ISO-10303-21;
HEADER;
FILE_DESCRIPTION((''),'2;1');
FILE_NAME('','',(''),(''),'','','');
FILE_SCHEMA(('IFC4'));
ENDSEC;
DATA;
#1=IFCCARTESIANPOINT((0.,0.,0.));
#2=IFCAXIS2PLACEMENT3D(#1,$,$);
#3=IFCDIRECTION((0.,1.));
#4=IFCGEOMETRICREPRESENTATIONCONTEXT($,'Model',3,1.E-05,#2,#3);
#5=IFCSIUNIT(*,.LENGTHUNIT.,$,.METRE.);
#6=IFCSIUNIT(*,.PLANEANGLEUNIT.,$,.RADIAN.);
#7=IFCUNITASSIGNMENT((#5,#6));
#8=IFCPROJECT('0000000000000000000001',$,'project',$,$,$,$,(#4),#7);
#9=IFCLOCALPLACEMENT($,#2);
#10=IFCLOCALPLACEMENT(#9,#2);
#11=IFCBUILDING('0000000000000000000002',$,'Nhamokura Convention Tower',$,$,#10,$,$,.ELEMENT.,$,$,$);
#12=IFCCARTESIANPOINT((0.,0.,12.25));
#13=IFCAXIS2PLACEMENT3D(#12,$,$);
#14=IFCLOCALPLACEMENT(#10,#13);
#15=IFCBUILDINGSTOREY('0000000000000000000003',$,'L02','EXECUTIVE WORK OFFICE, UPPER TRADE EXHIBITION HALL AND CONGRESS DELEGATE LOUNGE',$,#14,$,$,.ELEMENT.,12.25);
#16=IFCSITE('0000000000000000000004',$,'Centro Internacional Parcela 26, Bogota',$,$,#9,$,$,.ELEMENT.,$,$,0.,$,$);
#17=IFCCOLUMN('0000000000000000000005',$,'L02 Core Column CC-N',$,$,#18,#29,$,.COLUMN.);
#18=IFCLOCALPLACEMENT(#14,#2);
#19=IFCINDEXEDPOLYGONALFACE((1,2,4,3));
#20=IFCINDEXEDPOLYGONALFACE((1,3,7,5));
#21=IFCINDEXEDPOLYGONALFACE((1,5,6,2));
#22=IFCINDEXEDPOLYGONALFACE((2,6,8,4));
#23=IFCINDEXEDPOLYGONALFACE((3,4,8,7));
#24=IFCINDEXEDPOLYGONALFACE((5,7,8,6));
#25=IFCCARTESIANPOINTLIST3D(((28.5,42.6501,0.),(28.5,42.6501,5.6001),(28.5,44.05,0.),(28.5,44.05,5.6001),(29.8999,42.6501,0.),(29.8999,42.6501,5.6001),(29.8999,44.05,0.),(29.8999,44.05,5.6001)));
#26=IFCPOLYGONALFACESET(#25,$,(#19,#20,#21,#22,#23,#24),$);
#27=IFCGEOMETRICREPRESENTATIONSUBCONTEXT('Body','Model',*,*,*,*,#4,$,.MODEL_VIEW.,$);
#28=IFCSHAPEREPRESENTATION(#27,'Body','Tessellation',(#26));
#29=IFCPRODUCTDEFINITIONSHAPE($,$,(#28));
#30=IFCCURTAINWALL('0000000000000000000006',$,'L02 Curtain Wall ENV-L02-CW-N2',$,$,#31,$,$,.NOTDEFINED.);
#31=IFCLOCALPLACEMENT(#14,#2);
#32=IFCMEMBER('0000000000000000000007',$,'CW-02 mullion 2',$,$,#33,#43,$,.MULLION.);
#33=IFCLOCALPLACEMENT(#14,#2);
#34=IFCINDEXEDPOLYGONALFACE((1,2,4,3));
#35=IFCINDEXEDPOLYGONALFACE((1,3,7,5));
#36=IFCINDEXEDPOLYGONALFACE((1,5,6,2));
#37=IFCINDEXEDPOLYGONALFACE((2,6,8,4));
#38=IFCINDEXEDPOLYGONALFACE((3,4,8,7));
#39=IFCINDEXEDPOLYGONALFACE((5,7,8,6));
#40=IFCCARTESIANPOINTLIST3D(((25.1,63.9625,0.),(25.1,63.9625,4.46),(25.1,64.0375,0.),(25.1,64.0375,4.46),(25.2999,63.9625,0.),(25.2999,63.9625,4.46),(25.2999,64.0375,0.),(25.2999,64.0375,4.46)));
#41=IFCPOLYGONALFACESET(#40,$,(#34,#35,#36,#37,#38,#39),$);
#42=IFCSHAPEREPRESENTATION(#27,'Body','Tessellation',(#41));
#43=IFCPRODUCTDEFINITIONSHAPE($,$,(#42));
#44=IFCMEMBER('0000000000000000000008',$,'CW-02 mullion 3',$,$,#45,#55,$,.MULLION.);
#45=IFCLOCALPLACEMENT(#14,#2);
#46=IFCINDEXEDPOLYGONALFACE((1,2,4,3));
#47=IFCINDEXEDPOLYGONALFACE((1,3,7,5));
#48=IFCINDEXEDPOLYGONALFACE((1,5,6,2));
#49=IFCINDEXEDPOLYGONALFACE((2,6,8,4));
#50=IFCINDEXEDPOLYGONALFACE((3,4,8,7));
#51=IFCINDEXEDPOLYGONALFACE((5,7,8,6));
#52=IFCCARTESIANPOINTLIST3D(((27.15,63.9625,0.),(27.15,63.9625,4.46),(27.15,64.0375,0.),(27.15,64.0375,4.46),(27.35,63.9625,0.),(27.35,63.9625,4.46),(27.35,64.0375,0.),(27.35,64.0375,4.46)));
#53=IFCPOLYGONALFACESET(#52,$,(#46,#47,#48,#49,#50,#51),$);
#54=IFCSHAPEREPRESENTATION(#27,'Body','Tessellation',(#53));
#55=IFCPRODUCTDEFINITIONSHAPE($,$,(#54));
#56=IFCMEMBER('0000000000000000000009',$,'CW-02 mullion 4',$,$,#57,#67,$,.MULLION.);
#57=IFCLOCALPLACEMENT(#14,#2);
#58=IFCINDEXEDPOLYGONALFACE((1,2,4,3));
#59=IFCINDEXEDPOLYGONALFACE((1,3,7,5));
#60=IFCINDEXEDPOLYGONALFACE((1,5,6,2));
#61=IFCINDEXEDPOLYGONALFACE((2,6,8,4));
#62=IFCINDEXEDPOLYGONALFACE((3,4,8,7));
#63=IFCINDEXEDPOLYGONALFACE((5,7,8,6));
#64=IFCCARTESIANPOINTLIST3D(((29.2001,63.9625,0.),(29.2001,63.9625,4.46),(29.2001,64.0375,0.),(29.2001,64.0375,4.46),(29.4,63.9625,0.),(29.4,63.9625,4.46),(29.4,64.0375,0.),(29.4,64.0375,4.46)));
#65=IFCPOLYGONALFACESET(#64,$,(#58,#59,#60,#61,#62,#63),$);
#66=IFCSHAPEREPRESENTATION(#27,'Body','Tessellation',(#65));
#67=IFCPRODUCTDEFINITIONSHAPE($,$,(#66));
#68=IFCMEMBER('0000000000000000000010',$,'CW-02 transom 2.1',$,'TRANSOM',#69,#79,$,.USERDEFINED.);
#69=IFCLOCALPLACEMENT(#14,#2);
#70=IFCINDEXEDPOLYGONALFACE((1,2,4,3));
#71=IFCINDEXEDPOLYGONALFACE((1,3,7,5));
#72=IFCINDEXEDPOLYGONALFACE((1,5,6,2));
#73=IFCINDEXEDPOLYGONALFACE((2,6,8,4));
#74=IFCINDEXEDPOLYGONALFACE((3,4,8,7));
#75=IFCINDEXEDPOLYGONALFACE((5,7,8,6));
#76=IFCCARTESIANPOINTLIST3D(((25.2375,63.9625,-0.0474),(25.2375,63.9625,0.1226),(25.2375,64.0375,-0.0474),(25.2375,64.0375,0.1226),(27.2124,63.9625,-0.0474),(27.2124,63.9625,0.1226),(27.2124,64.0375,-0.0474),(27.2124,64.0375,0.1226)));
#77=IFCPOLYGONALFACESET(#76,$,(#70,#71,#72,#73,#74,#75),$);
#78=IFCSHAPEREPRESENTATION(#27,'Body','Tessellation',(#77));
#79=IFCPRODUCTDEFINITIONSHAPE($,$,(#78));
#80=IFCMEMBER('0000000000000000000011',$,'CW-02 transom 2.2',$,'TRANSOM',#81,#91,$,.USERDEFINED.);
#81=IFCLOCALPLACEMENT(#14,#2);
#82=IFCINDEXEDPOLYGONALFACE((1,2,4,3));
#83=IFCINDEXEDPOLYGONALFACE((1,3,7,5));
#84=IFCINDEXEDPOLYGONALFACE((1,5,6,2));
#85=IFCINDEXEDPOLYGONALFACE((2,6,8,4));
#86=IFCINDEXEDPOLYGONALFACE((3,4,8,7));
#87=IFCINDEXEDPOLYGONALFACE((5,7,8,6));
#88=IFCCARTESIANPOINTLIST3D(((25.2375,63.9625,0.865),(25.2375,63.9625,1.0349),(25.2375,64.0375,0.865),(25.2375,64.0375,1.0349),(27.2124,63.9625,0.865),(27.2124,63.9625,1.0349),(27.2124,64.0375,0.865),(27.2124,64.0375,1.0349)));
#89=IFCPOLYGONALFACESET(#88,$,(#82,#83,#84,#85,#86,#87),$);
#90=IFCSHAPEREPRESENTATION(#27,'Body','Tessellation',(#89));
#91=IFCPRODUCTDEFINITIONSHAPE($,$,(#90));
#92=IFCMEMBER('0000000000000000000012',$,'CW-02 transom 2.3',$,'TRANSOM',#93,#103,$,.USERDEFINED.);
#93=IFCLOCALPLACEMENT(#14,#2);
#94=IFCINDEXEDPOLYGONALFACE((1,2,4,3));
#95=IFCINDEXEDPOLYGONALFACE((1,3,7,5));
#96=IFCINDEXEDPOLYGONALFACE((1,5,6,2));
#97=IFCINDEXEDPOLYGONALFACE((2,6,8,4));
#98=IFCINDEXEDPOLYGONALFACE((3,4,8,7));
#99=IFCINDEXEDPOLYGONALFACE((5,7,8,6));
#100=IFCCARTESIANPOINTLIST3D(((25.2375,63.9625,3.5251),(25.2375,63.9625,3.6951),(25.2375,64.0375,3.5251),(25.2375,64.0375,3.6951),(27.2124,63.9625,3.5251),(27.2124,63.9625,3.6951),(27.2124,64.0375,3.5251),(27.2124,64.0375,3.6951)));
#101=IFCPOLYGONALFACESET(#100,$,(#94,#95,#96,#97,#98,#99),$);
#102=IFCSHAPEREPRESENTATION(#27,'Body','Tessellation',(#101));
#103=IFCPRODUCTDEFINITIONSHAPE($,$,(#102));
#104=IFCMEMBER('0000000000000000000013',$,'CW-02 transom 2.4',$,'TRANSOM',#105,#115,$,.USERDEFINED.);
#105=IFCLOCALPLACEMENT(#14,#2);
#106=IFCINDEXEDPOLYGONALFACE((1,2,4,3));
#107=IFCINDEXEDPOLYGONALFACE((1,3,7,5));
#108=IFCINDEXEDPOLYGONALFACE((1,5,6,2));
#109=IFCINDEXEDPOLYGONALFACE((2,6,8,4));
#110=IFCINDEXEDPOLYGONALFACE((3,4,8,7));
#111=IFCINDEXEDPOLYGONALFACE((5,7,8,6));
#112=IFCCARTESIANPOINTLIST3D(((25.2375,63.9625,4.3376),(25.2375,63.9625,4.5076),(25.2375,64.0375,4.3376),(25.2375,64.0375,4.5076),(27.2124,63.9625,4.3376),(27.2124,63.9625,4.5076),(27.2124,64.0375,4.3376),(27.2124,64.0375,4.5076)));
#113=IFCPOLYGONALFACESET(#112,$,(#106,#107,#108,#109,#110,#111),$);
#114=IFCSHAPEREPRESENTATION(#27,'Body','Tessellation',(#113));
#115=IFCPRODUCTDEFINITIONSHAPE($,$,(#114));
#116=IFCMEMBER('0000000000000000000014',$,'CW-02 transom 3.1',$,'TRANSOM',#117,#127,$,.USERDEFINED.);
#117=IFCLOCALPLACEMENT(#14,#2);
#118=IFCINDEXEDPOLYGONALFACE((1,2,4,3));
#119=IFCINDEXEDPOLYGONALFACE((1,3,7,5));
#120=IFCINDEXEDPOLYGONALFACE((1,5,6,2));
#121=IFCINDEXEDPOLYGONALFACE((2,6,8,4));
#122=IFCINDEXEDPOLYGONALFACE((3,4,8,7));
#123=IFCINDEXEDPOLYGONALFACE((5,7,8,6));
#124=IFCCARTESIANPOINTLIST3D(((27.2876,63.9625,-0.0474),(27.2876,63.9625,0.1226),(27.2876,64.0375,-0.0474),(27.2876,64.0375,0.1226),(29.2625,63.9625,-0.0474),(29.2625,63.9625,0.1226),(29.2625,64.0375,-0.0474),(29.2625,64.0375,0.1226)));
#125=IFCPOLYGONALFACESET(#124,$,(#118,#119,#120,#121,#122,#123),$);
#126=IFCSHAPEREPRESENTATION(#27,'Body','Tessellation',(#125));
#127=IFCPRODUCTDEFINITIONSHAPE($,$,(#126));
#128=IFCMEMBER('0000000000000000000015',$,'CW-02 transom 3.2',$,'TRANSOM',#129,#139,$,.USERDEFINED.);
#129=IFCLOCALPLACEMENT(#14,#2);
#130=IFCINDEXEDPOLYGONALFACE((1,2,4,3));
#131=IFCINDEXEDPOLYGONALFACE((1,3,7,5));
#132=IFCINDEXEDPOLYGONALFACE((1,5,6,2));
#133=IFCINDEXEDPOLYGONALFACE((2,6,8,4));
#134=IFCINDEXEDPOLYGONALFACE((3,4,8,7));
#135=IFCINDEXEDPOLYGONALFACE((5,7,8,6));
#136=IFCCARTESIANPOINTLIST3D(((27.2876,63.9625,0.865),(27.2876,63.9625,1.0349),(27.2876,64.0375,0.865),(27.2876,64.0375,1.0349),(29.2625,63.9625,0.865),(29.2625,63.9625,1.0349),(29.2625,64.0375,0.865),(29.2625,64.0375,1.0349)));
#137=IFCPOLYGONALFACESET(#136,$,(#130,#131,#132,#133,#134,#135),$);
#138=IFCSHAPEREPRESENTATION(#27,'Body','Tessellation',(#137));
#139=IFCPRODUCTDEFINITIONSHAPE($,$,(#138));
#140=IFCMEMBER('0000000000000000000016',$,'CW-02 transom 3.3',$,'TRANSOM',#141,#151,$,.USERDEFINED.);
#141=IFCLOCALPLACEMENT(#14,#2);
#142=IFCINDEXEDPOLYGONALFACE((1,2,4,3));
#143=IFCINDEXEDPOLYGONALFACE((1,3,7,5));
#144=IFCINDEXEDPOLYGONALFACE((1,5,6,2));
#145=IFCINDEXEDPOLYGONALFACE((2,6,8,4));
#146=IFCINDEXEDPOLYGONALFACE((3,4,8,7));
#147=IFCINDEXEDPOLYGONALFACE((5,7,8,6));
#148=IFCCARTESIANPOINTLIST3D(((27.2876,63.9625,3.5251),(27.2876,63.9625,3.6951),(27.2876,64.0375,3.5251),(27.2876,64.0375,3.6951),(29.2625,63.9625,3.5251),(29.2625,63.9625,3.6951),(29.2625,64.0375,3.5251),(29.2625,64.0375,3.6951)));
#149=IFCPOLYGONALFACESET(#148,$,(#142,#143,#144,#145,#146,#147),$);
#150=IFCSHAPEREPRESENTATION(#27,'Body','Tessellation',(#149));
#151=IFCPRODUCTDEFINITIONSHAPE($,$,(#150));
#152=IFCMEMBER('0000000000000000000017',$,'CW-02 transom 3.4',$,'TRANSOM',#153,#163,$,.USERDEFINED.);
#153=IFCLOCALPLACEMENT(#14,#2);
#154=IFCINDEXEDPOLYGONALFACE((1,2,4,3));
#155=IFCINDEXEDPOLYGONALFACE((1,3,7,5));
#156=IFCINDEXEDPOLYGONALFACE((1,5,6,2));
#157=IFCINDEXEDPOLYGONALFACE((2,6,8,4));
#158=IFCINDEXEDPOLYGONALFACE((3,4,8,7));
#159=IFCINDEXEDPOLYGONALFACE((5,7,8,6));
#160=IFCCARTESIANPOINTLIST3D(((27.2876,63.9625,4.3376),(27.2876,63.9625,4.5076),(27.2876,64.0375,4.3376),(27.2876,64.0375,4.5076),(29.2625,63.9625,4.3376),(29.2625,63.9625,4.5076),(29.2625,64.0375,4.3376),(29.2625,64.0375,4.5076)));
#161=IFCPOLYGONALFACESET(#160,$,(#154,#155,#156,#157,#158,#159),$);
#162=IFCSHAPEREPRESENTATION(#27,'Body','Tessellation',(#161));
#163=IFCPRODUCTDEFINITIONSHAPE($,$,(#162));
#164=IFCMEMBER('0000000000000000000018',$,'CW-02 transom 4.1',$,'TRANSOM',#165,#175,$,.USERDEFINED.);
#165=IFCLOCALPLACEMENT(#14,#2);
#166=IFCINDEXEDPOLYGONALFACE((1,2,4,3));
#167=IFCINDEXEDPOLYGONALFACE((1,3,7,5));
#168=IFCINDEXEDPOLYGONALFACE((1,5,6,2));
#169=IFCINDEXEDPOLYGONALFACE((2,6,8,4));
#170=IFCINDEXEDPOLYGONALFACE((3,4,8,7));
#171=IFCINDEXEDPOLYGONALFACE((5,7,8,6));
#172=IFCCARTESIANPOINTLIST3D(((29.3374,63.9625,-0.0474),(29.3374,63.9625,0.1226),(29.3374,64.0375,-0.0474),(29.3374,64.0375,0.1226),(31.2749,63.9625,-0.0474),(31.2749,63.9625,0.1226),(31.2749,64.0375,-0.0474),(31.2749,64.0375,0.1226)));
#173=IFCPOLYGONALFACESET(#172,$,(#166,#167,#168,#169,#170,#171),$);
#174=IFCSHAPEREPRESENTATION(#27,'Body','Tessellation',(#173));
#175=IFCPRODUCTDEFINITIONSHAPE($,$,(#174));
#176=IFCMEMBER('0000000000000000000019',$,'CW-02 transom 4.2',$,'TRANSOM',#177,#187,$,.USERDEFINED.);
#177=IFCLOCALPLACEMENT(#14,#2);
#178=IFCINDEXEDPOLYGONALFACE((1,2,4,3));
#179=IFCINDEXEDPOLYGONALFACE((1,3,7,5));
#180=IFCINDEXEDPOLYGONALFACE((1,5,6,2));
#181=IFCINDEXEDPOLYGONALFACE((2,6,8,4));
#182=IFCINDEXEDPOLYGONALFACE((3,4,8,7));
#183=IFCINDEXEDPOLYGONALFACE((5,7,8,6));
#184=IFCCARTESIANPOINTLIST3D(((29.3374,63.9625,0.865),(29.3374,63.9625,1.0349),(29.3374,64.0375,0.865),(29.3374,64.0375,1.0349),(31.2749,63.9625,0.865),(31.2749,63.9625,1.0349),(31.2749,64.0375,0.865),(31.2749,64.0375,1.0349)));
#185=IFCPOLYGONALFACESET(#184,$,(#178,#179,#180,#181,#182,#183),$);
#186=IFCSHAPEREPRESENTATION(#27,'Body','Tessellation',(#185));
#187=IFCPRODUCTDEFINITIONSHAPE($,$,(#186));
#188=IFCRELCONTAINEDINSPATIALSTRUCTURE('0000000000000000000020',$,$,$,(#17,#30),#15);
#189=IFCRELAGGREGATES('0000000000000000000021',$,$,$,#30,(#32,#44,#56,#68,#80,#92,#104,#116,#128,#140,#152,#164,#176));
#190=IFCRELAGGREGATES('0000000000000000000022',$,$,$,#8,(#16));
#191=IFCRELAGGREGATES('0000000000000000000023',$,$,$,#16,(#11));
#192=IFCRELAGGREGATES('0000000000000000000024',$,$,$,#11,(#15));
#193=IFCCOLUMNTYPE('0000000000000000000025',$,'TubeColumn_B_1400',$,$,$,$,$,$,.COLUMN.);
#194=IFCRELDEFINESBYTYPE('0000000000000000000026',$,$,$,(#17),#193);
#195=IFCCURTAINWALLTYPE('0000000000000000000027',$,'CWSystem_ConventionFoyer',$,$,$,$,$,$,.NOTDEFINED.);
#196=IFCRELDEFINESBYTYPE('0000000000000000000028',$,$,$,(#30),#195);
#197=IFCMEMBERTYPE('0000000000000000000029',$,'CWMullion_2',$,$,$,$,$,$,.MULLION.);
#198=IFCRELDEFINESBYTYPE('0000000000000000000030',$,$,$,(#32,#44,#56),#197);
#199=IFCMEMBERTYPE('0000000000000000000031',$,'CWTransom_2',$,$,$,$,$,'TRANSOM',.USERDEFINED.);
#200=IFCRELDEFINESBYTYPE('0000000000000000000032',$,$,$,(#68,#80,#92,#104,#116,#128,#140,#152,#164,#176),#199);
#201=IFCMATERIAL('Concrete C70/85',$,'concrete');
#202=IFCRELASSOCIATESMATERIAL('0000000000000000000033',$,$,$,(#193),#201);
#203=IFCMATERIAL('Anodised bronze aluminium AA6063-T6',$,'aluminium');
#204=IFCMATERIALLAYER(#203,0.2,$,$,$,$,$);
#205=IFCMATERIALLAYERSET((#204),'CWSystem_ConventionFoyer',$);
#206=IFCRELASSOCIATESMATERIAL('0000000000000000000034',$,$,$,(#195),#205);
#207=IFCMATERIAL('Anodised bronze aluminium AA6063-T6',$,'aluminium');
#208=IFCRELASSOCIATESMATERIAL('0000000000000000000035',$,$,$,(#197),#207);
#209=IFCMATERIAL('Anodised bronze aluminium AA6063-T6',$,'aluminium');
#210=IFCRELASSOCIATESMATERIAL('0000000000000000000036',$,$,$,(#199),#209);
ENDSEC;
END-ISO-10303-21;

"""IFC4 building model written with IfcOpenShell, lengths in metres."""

from ifc_helpers import new_model, si_unit, direction, frame, origin, origin_2d, place, context, subcontext, project, spatial, rectangle, extrude, material, layer, layer_set, material_profile, profile_set, type_object, element, aggregate, save


model = new_model("IFC4")

# Units and contexts
model_context = context("Model", 3, precision=1e-05, world=origin(), true_north=direction((0.0, 1.0)))
body_context = subcontext(model_context, "Body", "Model", "MODEL_VIEW")
ifc_project = project(units=[si_unit("LENGTHUNIT", "METRE"), si_unit("PLANEANGLEUNIT", "RADIAN")], contexts=[model_context])

# Site, building, storey
site_placement = place(None, origin())
site = spatial("IfcSite", under=ifc_project, at=site_placement, Name="Centro Internacional Parcela 26, Bogota", CompositionType="ELEMENT", RefElevation=0.0)
building_placement = place(site_placement, origin())
building = spatial("IfcBuilding", under=site, at=building_placement, Name="Nhamokura Convention Tower", CompositionType="ELEMENT")
storey_placement = place(building_placement, frame((0.0, 0.0, 12.25)))
storey = spatial("IfcBuildingStorey", under=building, at=storey_placement, Name="L02", Description="EXECUTIVE WORK OFFICE, UPPER TRADE EXHIBITION HALL AND CONGRESS DELEGATE LOUNGE", CompositionType="ELEMENT", Elevation=12.25)

# Column
ifc_material_1 = material(Name="Concrete C70/85", Category="concrete")
ifc_material_profile_1 = material_profile(ifc_material_1, rectangle(XDim=1.3999, YDim=1.3999, at=origin_2d()))
ifc_profile_set_1 = profile_set([ifc_material_profile_1], Name="Concrete C70/85")
column_type = type_object("IfcColumnType", Name="TubeColumn_B_1400", PredefinedType="COLUMN", material=ifc_profile_set_1)
column_placement = place(storey_placement, frame((29.2, 43.3501, 0.0), z_axis=(0.0, 0.0, 1.0), x_axis=(1.0, 0.0, 0.0)))
element("IfcColumn", 1, at=column_placement, inside=storey, type_object=column_type, Name="L02 Core Column CC-N", PredefinedType="COLUMN", context=body_context, shape_type="SweptSolid", body=[
    extrude(rectangle(XDim=1.3999, YDim=1.3999, at=origin_2d()), origin(), (0.0, 0.0, 1.0), 5.6001),
])

# Curtain wall, members
ifc_material_2 = material(Name="Anodised bronze aluminium AA6063-T6", Category="aluminium")
ifc_layer_1 = layer(ifc_material_2, 0.2)
ifc_layer_set_1 = layer_set([ifc_layer_1], Name="CWSystem_ConventionFoyer")
curtain_wall_type = type_object("IfcCurtainWallType", Name="CWSystem_ConventionFoyer", PredefinedType="NOTDEFINED", material=ifc_layer_set_1)
curtain_wall_placement = place(storey_placement, origin())
curtain_wall = element("IfcCurtainWall", 2, at=curtain_wall_placement, inside=storey, type_object=curtain_wall_type, Name="L02 Curtain Wall ENV-L02-CW-N2", PredefinedType="NOTDEFINED")
ifc_material_3 = material(Name="Anodised bronze aluminium AA6063-T6", Category="aluminium")
ifc_material_profile_2 = material_profile(ifc_material_3, rectangle(XDim=0.075, YDim=0.2, at=origin_2d()))
ifc_profile_set_2 = profile_set([ifc_material_profile_2], Name="Anodised bronze aluminium AA6063-T6")
member_type_1 = type_object("IfcMemberType", Name="CWMullion_2", PredefinedType="MULLION", material=ifc_profile_set_2)
member_1_placement = place(storey_placement, frame((25.2, 64.0, 0.0), z_axis=(0.0, 0.0, 1.0), x_axis=(0.0, 1.0, 0.0)))
member_1 = element("IfcMember", 3, at=member_1_placement, type_object=member_type_1, Name="CW-02 mullion 2", PredefinedType="MULLION", context=body_context, shape_type="SweptSolid", body=[
    extrude(rectangle(XDim=0.075, YDim=0.2, at=origin_2d()), origin(), (0.0, 0.0, 1.0), 4.46),
])
member_2_placement = place(storey_placement, frame((27.25, 64.0, 0.0), z_axis=(0.0, 0.0, 1.0), x_axis=(0.0, 1.0, 0.0)))
member_2 = element("IfcMember", 4, at=member_2_placement, type_object=member_type_1, Name="CW-02 mullion 3", PredefinedType="MULLION", context=body_context, shape_type="SweptSolid", body=[
    extrude(rectangle(XDim=0.075, YDim=0.2, at=origin_2d()), origin(), (0.0, 0.0, 1.0), 4.46),
])
member_3_placement = place(storey_placement, frame((29.3, 64.0, 0.0), z_axis=(0.0, 0.0, 1.0), x_axis=(0.0, 1.0, 0.0)))
member_3 = element("IfcMember", 5, at=member_3_placement, type_object=member_type_1, Name="CW-02 mullion 4", PredefinedType="MULLION", context=body_context, shape_type="SweptSolid", body=[
    extrude(rectangle(XDim=0.075, YDim=0.2, at=origin_2d()), origin(), (0.0, 0.0, 1.0), 4.46),
])
ifc_material_4 = material(Name="Anodised bronze aluminium AA6063-T6", Category="aluminium")
ifc_material_profile_3 = material_profile(ifc_material_4, rectangle(XDim=0.075, YDim=0.1699, at=origin_2d()))
ifc_profile_set_3 = profile_set([ifc_material_profile_3], Name="Anodised bronze aluminium AA6063-T6")
member_type_2 = type_object("IfcMemberType", Name="CWTransom_2", ElementType="TRANSOM", PredefinedType="USERDEFINED", material=ifc_profile_set_3)
member_4_placement = place(storey_placement, frame((25.2375, 64.0, 0.0376), z_axis=(1.0, 0.0, 0.0), x_axis=(0.0, 1.0, 0.0)))
member_4 = element("IfcMember", 6, at=member_4_placement, type_object=member_type_2, Name="CW-02 transom 2.1", ObjectType="TRANSOM", PredefinedType="USERDEFINED", context=body_context, shape_type="SweptSolid", body=[
    extrude(rectangle(XDim=0.075, YDim=0.1699, at=origin_2d()), origin(), (0.0, 0.0, 1.0), 1.9749),
])
member_5_placement = place(storey_placement, frame((25.2375, 64.0, 0.95), z_axis=(1.0, 0.0, 0.0), x_axis=(0.0, 1.0, 0.0)))
member_5 = element("IfcMember", 7, at=member_5_placement, type_object=member_type_2, Name="CW-02 transom 2.2", ObjectType="TRANSOM", PredefinedType="USERDEFINED", context=body_context, shape_type="SweptSolid", body=[
    extrude(rectangle(XDim=0.075, YDim=0.1699, at=origin_2d()), origin(), (0.0, 0.0, 1.0), 1.9749),
])
member_6_placement = place(storey_placement, frame((25.2375, 64.0, 3.6101), z_axis=(1.0, 0.0, 0.0), x_axis=(0.0, 1.0, 0.0)))
member_6 = element("IfcMember", 8, at=member_6_placement, type_object=member_type_2, Name="CW-02 transom 2.3", ObjectType="TRANSOM", PredefinedType="USERDEFINED", context=body_context, shape_type="SweptSolid", body=[
    extrude(rectangle(XDim=0.075, YDim=0.1699, at=origin_2d()), origin(), (0.0, 0.0, 1.0), 1.9749),
])
member_7_placement = place(storey_placement, frame((25.2375, 64.0, 4.4226), z_axis=(1.0, 0.0, 0.0), x_axis=(0.0, 1.0, 0.0)))
member_7 = element("IfcMember", 9, at=member_7_placement, type_object=member_type_2, Name="CW-02 transom 2.4", ObjectType="TRANSOM", PredefinedType="USERDEFINED", context=body_context, shape_type="SweptSolid", body=[
    extrude(rectangle(XDim=0.075, YDim=0.1699, at=origin_2d()), origin(), (0.0, 0.0, 1.0), 1.9749),
])
member_8_placement = place(storey_placement, frame((27.2876, 64.0, 0.0376), z_axis=(1.0, 0.0, 0.0), x_axis=(0.0, 1.0, 0.0)))
member_8 = element("IfcMember", 10, at=member_8_placement, type_object=member_type_2, Name="CW-02 transom 3.1", ObjectType="TRANSOM", PredefinedType="USERDEFINED", context=body_context, shape_type="SweptSolid", body=[
    extrude(rectangle(XDim=0.075, YDim=0.1699, at=origin_2d()), origin(), (0.0, 0.0, 1.0), 1.9749),
])
member_9_placement = place(storey_placement, frame((27.2876, 64.0, 0.95), z_axis=(1.0, 0.0, 0.0), x_axis=(0.0, 1.0, 0.0)))
member_9 = element("IfcMember", 11, at=member_9_placement, type_object=member_type_2, Name="CW-02 transom 3.2", ObjectType="TRANSOM", PredefinedType="USERDEFINED", context=body_context, shape_type="SweptSolid", body=[
    extrude(rectangle(XDim=0.075, YDim=0.1699, at=origin_2d()), origin(), (0.0, 0.0, 1.0), 1.9749),
])
member_10_placement = place(storey_placement, frame((27.2876, 64.0, 3.6101), z_axis=(1.0, 0.0, 0.0), x_axis=(0.0, 1.0, 0.0)))
member_10 = element("IfcMember", 12, at=member_10_placement, type_object=member_type_2, Name="CW-02 transom 3.3", ObjectType="TRANSOM", PredefinedType="USERDEFINED", context=body_context, shape_type="SweptSolid", body=[
    extrude(rectangle(XDim=0.075, YDim=0.1699, at=origin_2d()), origin(), (0.0, 0.0, 1.0), 1.9749),
])
member_11_placement = place(storey_placement, frame((27.2876, 64.0, 4.4226), z_axis=(1.0, 0.0, 0.0), x_axis=(0.0, 1.0, 0.0)))
member_11 = element("IfcMember", 13, at=member_11_placement, type_object=member_type_2, Name="CW-02 transom 3.4", ObjectType="TRANSOM", PredefinedType="USERDEFINED", context=body_context, shape_type="SweptSolid", body=[
    extrude(rectangle(XDim=0.075, YDim=0.1699, at=origin_2d()), origin(), (0.0, 0.0, 1.0), 1.9749),
])
member_12_placement = place(storey_placement, frame((29.3374, 64.0, 0.0376), z_axis=(1.0, 0.0, 0.0), x_axis=(0.0, 1.0, 0.0)))
member_12 = element("IfcMember", 14, at=member_12_placement, type_object=member_type_2, Name="CW-02 transom 4.1", ObjectType="TRANSOM", PredefinedType="USERDEFINED", context=body_context, shape_type="SweptSolid", body=[
    extrude(rectangle(XDim=0.075, YDim=0.1699, at=origin_2d()), origin(), (0.0, 0.0, 1.0), 1.9375),
])
member_13_placement = place(storey_placement, frame((29.3374, 64.0, 0.95), z_axis=(1.0, 0.0, 0.0), x_axis=(0.0, 1.0, 0.0)))
member_13 = element("IfcMember", 15, at=member_13_placement, type_object=member_type_2, Name="CW-02 transom 4.2", ObjectType="TRANSOM", PredefinedType="USERDEFINED", context=body_context, shape_type="SweptSolid", body=[
    extrude(rectangle(XDim=0.075, YDim=0.1699, at=origin_2d()), origin(), (0.0, 0.0, 1.0), 1.9375),
])

aggregate(curtain_wall, [member_1, member_2, member_3, member_4, member_5, member_6, member_7, member_8, member_9, member_10, member_11, member_12, member_13])

save(model, "model.ifc")
